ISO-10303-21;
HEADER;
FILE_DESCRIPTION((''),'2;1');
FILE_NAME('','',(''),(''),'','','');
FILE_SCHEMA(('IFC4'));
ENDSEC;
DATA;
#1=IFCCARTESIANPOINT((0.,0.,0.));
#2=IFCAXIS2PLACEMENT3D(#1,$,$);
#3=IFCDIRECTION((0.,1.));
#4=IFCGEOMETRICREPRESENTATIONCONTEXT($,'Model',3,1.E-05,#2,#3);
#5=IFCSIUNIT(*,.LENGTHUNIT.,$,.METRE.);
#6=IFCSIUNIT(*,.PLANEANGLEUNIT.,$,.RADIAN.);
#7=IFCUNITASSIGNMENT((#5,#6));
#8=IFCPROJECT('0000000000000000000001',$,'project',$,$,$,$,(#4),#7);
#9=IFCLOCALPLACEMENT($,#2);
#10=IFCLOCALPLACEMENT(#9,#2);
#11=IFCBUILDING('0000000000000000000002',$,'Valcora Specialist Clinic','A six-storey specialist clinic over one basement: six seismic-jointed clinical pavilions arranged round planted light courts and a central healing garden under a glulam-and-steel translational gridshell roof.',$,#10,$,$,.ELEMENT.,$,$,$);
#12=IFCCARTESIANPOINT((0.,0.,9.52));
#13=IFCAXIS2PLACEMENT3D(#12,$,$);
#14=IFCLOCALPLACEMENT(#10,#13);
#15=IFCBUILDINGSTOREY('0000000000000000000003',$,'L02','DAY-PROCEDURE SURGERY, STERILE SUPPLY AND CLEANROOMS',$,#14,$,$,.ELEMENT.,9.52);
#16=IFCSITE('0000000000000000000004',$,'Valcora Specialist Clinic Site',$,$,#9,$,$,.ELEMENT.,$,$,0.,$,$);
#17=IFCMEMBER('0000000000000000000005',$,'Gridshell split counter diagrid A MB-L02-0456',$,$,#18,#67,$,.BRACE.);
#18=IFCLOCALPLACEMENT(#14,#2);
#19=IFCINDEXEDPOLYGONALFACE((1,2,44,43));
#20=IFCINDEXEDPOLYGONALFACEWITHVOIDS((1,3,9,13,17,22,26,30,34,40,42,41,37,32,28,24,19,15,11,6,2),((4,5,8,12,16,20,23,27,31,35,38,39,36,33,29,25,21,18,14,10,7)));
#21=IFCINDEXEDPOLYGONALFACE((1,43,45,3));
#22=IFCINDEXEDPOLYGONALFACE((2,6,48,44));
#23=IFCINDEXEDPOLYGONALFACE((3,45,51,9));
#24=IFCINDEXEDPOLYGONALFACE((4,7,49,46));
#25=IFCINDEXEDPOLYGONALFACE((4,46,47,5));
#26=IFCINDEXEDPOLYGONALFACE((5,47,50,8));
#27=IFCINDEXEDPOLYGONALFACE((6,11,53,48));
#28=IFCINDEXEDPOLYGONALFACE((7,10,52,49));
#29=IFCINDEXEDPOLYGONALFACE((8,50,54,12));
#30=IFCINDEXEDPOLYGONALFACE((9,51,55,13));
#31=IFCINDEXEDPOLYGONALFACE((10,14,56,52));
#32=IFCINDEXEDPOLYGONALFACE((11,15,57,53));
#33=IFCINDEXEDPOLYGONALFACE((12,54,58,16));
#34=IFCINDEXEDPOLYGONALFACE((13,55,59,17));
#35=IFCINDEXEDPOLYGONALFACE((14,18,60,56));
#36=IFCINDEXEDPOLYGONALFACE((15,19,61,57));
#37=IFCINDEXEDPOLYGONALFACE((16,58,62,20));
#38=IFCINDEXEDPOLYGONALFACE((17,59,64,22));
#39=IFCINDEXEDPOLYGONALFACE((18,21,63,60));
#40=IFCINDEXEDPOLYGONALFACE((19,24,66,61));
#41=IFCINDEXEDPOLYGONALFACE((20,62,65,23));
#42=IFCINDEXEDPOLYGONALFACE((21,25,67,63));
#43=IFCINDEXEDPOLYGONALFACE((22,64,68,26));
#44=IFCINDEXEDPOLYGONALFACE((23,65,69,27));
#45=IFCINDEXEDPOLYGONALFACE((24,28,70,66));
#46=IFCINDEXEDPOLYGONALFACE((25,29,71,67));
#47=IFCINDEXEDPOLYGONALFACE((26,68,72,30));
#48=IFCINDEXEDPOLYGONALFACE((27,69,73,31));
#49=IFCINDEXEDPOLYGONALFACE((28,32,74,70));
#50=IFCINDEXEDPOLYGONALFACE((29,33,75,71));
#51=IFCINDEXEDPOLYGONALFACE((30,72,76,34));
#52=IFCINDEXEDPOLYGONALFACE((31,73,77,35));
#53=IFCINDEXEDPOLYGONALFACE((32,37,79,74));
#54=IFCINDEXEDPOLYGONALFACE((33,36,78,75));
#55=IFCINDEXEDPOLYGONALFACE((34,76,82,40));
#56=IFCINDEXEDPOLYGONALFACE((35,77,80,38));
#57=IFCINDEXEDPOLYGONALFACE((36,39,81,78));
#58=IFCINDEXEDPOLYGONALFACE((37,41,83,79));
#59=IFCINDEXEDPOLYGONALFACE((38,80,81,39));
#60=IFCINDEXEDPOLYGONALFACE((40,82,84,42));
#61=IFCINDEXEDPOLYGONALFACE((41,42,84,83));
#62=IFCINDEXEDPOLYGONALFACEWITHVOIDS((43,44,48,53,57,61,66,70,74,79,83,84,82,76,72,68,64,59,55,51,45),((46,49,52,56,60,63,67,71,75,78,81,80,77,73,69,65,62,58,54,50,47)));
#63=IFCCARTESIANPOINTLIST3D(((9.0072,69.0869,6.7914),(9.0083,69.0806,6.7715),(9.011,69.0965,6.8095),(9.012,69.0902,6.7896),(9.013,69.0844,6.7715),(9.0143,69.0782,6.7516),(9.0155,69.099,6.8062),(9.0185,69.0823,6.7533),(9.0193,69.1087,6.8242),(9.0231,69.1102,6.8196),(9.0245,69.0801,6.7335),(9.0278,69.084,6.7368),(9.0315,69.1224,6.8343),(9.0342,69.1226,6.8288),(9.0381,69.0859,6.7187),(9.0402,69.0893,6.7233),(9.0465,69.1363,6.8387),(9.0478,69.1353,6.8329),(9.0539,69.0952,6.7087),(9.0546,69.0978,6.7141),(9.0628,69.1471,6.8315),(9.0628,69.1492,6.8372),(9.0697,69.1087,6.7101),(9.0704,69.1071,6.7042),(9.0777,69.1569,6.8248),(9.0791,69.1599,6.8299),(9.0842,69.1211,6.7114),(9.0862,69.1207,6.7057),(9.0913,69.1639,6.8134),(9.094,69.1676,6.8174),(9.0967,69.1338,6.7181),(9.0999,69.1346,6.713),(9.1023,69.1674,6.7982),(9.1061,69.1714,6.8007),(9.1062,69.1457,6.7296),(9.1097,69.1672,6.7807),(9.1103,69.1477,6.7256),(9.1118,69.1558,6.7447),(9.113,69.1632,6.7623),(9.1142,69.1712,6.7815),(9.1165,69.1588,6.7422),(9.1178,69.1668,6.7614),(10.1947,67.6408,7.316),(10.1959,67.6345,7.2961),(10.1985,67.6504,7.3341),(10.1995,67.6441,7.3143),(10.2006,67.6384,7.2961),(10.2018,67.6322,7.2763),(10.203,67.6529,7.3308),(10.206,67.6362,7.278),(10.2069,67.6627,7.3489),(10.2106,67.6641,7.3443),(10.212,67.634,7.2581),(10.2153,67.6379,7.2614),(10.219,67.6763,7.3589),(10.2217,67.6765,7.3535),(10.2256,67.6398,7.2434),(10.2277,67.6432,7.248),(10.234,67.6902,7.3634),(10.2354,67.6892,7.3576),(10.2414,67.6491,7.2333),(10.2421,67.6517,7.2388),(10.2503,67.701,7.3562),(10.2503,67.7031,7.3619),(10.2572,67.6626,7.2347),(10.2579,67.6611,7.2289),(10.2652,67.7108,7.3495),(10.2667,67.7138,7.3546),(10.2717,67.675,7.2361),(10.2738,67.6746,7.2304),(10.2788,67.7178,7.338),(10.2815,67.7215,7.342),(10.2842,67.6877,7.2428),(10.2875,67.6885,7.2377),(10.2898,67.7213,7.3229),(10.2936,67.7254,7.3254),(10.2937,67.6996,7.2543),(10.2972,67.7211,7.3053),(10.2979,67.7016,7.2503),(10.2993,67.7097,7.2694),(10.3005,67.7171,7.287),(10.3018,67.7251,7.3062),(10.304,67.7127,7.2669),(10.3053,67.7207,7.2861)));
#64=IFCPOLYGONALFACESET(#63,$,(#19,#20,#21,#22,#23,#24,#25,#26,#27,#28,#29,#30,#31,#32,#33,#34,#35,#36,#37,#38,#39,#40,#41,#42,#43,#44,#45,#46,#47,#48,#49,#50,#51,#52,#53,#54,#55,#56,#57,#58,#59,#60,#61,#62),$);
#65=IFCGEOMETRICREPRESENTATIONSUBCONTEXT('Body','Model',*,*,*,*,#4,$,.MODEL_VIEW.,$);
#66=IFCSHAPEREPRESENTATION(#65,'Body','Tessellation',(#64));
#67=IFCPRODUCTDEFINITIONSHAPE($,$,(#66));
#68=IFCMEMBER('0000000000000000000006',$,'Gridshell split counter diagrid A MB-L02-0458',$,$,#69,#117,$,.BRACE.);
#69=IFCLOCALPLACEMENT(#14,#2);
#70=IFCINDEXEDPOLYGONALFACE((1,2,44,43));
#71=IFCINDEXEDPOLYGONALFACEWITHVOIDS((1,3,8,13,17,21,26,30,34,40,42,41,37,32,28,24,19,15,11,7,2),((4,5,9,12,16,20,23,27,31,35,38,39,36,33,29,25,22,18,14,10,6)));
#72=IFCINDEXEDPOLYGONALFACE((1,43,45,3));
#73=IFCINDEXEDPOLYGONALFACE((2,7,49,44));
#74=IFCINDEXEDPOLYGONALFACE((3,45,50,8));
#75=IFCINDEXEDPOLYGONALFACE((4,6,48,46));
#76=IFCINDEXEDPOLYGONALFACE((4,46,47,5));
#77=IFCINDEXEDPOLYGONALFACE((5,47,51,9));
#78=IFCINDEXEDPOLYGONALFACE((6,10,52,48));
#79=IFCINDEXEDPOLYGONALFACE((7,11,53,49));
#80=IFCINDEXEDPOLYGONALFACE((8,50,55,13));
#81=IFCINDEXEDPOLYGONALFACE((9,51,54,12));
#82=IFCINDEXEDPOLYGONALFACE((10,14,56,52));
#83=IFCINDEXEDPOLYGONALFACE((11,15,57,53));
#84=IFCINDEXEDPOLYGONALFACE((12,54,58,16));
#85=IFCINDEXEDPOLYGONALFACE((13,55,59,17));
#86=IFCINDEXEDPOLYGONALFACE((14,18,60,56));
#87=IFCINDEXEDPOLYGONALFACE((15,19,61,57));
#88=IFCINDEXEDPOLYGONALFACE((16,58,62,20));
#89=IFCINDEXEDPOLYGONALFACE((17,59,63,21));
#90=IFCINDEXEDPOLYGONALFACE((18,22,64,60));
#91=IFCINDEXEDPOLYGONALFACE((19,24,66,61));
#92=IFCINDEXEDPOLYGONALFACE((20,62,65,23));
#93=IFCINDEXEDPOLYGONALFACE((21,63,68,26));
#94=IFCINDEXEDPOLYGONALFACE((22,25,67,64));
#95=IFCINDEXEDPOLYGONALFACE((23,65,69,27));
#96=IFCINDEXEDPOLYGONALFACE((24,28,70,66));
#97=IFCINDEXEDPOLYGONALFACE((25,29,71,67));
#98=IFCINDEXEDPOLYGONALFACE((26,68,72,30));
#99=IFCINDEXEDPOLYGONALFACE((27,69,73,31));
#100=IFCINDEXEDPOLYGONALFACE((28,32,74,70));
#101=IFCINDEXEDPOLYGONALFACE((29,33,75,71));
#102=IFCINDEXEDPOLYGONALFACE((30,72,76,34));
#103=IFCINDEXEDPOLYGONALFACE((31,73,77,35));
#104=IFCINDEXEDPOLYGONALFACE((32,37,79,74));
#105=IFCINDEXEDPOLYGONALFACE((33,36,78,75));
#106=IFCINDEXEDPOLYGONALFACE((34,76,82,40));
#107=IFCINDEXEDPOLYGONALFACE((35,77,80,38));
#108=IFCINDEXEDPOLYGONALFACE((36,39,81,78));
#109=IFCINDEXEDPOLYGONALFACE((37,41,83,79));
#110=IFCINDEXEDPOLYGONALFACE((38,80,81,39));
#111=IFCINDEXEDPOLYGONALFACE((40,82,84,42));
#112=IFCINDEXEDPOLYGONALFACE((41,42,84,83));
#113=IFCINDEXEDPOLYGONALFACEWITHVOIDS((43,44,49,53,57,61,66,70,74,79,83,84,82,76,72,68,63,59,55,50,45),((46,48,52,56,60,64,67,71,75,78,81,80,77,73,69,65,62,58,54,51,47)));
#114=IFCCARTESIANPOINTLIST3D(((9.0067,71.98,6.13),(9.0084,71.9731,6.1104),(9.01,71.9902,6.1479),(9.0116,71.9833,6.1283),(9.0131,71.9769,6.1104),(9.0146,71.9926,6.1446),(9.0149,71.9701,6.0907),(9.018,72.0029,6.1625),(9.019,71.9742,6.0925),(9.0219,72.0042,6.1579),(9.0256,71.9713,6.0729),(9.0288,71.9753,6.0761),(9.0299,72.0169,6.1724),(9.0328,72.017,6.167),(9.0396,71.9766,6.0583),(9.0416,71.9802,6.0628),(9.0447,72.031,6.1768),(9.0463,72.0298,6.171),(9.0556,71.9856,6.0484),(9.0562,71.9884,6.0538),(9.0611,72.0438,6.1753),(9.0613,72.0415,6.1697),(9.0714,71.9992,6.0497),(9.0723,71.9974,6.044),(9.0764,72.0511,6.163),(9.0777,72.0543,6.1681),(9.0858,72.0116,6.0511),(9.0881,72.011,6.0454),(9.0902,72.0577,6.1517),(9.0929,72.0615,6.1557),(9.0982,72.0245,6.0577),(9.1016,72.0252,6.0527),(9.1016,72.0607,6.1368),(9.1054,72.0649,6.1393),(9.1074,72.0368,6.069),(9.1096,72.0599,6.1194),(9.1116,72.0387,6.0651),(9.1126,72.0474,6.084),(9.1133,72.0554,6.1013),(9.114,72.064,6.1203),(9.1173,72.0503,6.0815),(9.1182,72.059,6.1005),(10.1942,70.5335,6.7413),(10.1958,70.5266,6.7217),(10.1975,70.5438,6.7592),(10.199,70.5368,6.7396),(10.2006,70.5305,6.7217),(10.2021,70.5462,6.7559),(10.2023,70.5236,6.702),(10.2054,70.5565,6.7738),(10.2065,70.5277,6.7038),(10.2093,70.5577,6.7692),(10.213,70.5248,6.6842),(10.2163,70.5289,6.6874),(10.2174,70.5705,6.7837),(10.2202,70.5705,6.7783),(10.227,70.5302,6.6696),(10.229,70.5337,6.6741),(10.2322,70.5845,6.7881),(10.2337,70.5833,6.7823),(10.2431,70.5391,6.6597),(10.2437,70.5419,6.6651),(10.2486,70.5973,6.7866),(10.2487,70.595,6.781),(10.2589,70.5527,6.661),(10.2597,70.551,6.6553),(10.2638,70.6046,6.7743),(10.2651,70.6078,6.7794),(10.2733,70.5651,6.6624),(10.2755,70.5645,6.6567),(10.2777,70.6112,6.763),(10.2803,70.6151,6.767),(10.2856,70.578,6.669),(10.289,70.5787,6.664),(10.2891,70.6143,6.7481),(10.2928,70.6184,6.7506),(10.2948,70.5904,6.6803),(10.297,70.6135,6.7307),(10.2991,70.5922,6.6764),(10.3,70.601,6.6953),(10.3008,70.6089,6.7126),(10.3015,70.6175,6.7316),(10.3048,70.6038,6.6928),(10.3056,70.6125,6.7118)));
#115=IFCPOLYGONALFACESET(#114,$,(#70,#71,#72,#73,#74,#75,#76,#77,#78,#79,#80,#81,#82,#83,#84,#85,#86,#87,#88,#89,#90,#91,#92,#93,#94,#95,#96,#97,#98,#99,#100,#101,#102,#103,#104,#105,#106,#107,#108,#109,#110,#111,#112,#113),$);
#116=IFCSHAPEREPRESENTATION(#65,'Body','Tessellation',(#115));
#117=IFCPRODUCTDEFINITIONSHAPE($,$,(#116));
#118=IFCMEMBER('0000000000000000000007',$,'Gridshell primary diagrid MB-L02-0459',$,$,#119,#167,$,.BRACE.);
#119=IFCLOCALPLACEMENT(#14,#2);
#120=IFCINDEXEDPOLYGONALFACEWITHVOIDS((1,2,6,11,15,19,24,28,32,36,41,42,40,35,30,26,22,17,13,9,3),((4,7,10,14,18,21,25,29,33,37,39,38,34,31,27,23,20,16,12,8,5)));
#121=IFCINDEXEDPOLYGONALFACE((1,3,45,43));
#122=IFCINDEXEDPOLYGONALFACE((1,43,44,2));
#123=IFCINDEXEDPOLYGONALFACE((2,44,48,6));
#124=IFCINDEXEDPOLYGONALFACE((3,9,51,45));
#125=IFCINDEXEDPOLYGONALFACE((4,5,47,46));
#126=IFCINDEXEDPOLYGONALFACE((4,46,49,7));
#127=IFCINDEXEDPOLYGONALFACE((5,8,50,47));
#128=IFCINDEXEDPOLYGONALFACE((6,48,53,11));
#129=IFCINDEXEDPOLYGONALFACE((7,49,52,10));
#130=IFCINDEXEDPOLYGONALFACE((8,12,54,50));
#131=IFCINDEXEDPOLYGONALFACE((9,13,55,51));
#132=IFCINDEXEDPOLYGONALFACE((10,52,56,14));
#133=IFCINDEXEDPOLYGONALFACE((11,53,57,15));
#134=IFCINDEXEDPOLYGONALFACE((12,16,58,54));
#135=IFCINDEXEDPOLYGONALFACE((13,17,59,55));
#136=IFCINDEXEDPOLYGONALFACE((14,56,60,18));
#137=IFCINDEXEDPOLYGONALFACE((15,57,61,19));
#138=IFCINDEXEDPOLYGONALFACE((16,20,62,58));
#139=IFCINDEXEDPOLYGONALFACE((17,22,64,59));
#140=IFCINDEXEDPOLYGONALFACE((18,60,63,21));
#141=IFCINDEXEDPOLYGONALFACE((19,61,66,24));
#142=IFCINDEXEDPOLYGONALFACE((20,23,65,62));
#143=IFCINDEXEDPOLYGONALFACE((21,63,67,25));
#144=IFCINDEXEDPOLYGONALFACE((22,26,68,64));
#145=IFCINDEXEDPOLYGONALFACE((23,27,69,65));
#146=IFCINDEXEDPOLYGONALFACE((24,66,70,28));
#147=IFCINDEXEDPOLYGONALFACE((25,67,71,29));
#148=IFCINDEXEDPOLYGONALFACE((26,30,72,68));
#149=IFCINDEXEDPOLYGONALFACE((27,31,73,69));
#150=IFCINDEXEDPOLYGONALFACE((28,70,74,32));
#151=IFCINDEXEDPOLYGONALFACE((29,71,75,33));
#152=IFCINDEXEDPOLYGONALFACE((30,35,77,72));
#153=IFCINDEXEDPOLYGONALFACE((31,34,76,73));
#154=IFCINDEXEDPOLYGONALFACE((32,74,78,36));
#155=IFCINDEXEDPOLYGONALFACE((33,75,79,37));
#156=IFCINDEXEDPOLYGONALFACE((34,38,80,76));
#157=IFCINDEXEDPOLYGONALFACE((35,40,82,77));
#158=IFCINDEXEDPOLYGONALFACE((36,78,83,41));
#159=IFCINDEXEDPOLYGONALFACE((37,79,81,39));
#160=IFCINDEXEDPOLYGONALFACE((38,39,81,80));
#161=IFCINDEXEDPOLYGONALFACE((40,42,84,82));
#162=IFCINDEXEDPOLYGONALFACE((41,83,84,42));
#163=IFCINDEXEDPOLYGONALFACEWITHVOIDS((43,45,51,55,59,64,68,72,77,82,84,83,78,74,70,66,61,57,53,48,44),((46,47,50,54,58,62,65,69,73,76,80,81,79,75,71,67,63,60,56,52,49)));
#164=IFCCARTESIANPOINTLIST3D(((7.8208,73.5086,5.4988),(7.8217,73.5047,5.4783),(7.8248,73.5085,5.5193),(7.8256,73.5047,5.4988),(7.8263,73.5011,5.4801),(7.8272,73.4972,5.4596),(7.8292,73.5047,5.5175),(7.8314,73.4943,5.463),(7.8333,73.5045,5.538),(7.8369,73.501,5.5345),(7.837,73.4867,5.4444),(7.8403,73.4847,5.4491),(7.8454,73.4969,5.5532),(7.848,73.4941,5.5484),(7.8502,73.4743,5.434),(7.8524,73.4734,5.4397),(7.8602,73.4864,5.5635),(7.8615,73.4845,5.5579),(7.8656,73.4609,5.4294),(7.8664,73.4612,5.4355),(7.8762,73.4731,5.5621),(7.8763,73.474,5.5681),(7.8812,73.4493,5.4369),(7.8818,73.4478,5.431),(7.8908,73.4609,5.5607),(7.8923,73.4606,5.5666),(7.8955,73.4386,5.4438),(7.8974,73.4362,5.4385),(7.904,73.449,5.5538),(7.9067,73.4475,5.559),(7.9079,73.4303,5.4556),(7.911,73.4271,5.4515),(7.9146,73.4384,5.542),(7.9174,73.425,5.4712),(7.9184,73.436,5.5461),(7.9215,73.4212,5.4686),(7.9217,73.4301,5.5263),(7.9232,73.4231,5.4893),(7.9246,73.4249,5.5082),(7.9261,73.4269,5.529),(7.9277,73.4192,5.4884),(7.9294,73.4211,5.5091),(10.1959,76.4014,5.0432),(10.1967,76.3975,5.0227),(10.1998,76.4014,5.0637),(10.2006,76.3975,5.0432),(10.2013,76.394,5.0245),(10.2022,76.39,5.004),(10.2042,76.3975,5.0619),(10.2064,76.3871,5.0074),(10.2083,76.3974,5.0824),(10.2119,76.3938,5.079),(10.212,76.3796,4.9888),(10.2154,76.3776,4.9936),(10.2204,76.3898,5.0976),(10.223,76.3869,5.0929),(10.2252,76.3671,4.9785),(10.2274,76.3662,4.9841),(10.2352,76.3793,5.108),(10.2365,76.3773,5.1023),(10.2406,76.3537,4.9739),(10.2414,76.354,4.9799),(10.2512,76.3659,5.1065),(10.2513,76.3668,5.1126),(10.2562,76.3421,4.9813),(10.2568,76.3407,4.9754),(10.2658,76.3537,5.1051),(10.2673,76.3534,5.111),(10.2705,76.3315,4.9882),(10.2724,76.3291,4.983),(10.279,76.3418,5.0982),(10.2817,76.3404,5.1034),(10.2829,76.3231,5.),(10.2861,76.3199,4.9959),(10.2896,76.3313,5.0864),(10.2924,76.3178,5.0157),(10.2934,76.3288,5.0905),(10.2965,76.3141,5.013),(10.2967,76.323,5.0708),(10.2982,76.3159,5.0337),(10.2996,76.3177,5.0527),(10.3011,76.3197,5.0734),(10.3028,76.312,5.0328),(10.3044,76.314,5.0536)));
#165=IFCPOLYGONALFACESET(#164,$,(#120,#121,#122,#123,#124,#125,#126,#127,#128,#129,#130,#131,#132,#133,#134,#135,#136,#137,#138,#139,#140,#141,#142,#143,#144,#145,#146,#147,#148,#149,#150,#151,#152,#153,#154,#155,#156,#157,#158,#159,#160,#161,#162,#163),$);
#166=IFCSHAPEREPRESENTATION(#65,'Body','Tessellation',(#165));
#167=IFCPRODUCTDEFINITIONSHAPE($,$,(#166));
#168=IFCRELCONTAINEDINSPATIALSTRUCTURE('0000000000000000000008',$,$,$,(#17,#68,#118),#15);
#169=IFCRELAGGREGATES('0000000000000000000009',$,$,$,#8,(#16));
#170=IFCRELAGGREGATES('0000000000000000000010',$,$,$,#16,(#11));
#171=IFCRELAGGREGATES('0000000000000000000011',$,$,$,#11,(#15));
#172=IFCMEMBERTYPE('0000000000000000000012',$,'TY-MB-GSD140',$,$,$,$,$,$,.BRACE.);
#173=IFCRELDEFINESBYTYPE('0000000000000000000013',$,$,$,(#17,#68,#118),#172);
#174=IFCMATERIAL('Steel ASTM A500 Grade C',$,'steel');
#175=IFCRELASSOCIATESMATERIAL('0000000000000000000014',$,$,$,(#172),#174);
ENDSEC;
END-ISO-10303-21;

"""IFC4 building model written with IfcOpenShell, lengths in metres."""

from ifc_helpers import new_model, si_unit, direction, frame, origin, origin_2d, place, context, subcontext, project, spatial, hollow_circle, extrude, material, material_profile, profile_set, type_object, element, save


model = new_model("IFC4")

# Units and contexts
model_context = context("Model", 3, precision=1e-05, world=origin(), true_north=direction((0.0, 1.0)))
body_context = subcontext(model_context, "Body", "Model", "MODEL_VIEW")
ifc_project = project(units=[si_unit("LENGTHUNIT", "METRE"), si_unit("PLANEANGLEUNIT", "RADIAN")], contexts=[model_context])

# Site, building, storey
site_placement = place(None, origin())
site = spatial("IfcSite", under=ifc_project, at=site_placement, Name="Valcora Specialist Clinic Site", CompositionType="ELEMENT", RefElevation=0.0)
building_placement = place(site_placement, origin())
building = spatial("IfcBuilding", under=site, at=building_placement, Name="Valcora Specialist Clinic", Description="A six-storey specialist clinic over one basement: six seismic-jointed clinical pavilions arranged round planted light courts and a central healing garden under a glulam-and-steel translational gridshell roof.", CompositionType="ELEMENT")
storey_placement = place(building_placement, frame((0.0, 0.0, 9.52)))
storey = spatial("IfcBuildingStorey", under=building, at=storey_placement, Name="L02", Description="DAY-PROCEDURE SURGERY, STERILE SUPPLY AND CLEANROOMS", CompositionType="ELEMENT", Elevation=9.52)

# Members
ifc_material_1 = material(Name="Steel ASTM A500 Grade C", Category="steel")
ifc_material_profile_1 = material_profile(ifc_material_1, hollow_circle(Radius=0.0701, WallThickness=0.0061, at=origin_2d()), Name="ST-CHS-140X6")
ifc_profile_set_1 = profile_set([ifc_material_profile_1], Name="Steel ASTM A500 Grade C")
member_type_1 = type_object("IfcMemberType", Name="TY-MB-GSD140", PredefinedType="BRACE", material=ifc_profile_set_1)
member_1_placement = place(storey_placement, frame((10.25, 67.679, 7.2961), z_axis=(-0.61107, 0.744113, -0.269981), x_axis=(-0.772811, -0.634636, 0.0)))
element("IfcMember", 1, at=member_1_placement, inside=storey, type_object=member_type_1, Name="Gridshell split counter diagrid A MB-L02-0456", PredefinedType="BRACE", context=body_context, shape_type="SweptSolid", body=[
    extrude(hollow_circle(Radius=0.0701, WallThickness=0.0061, at=origin_2d()), origin(), (0.0, 0.0, 1.0), 1.9434),
])
member_2_placement = place(storey_placement, frame((10.25, 70.571, 6.7217), z_axis=(-0.603147, 0.734713, -0.310501), x_axis=(-0.772916, -0.634508, 0.0)))
element("IfcMember", 2, at=member_2_placement, inside=storey, type_object=member_type_1, Name="Gridshell split counter diagrid A MB-L02-0458", PredefinedType="BRACE", context=body_context, shape_type="SweptSolid", body=[
    extrude(hollow_circle(Radius=0.0701, WallThickness=0.0061, at=origin_2d()), origin(), (0.0, 0.0, 1.0), 1.9688),
])
member_3_placement = place(storey_placement, frame((7.875, 73.4641, 5.4988), z_axis=(0.629892, 0.767227, -0.120824), x_axis=(-0.77289, 0.63454, 0.0)))
element("IfcMember", 3, at=member_3_placement, inside=storey, type_object=member_type_1, Name="Gridshell primary diagrid MB-L02-0459", PredefinedType="BRACE", context=body_context, shape_type="SweptSolid", body=[
    extrude(hollow_circle(Radius=0.0701, WallThickness=0.0061, at=origin_2d()), origin(), (0.0, 0.0, 1.0), 3.7705),
])

save(model, "model.ifc")
